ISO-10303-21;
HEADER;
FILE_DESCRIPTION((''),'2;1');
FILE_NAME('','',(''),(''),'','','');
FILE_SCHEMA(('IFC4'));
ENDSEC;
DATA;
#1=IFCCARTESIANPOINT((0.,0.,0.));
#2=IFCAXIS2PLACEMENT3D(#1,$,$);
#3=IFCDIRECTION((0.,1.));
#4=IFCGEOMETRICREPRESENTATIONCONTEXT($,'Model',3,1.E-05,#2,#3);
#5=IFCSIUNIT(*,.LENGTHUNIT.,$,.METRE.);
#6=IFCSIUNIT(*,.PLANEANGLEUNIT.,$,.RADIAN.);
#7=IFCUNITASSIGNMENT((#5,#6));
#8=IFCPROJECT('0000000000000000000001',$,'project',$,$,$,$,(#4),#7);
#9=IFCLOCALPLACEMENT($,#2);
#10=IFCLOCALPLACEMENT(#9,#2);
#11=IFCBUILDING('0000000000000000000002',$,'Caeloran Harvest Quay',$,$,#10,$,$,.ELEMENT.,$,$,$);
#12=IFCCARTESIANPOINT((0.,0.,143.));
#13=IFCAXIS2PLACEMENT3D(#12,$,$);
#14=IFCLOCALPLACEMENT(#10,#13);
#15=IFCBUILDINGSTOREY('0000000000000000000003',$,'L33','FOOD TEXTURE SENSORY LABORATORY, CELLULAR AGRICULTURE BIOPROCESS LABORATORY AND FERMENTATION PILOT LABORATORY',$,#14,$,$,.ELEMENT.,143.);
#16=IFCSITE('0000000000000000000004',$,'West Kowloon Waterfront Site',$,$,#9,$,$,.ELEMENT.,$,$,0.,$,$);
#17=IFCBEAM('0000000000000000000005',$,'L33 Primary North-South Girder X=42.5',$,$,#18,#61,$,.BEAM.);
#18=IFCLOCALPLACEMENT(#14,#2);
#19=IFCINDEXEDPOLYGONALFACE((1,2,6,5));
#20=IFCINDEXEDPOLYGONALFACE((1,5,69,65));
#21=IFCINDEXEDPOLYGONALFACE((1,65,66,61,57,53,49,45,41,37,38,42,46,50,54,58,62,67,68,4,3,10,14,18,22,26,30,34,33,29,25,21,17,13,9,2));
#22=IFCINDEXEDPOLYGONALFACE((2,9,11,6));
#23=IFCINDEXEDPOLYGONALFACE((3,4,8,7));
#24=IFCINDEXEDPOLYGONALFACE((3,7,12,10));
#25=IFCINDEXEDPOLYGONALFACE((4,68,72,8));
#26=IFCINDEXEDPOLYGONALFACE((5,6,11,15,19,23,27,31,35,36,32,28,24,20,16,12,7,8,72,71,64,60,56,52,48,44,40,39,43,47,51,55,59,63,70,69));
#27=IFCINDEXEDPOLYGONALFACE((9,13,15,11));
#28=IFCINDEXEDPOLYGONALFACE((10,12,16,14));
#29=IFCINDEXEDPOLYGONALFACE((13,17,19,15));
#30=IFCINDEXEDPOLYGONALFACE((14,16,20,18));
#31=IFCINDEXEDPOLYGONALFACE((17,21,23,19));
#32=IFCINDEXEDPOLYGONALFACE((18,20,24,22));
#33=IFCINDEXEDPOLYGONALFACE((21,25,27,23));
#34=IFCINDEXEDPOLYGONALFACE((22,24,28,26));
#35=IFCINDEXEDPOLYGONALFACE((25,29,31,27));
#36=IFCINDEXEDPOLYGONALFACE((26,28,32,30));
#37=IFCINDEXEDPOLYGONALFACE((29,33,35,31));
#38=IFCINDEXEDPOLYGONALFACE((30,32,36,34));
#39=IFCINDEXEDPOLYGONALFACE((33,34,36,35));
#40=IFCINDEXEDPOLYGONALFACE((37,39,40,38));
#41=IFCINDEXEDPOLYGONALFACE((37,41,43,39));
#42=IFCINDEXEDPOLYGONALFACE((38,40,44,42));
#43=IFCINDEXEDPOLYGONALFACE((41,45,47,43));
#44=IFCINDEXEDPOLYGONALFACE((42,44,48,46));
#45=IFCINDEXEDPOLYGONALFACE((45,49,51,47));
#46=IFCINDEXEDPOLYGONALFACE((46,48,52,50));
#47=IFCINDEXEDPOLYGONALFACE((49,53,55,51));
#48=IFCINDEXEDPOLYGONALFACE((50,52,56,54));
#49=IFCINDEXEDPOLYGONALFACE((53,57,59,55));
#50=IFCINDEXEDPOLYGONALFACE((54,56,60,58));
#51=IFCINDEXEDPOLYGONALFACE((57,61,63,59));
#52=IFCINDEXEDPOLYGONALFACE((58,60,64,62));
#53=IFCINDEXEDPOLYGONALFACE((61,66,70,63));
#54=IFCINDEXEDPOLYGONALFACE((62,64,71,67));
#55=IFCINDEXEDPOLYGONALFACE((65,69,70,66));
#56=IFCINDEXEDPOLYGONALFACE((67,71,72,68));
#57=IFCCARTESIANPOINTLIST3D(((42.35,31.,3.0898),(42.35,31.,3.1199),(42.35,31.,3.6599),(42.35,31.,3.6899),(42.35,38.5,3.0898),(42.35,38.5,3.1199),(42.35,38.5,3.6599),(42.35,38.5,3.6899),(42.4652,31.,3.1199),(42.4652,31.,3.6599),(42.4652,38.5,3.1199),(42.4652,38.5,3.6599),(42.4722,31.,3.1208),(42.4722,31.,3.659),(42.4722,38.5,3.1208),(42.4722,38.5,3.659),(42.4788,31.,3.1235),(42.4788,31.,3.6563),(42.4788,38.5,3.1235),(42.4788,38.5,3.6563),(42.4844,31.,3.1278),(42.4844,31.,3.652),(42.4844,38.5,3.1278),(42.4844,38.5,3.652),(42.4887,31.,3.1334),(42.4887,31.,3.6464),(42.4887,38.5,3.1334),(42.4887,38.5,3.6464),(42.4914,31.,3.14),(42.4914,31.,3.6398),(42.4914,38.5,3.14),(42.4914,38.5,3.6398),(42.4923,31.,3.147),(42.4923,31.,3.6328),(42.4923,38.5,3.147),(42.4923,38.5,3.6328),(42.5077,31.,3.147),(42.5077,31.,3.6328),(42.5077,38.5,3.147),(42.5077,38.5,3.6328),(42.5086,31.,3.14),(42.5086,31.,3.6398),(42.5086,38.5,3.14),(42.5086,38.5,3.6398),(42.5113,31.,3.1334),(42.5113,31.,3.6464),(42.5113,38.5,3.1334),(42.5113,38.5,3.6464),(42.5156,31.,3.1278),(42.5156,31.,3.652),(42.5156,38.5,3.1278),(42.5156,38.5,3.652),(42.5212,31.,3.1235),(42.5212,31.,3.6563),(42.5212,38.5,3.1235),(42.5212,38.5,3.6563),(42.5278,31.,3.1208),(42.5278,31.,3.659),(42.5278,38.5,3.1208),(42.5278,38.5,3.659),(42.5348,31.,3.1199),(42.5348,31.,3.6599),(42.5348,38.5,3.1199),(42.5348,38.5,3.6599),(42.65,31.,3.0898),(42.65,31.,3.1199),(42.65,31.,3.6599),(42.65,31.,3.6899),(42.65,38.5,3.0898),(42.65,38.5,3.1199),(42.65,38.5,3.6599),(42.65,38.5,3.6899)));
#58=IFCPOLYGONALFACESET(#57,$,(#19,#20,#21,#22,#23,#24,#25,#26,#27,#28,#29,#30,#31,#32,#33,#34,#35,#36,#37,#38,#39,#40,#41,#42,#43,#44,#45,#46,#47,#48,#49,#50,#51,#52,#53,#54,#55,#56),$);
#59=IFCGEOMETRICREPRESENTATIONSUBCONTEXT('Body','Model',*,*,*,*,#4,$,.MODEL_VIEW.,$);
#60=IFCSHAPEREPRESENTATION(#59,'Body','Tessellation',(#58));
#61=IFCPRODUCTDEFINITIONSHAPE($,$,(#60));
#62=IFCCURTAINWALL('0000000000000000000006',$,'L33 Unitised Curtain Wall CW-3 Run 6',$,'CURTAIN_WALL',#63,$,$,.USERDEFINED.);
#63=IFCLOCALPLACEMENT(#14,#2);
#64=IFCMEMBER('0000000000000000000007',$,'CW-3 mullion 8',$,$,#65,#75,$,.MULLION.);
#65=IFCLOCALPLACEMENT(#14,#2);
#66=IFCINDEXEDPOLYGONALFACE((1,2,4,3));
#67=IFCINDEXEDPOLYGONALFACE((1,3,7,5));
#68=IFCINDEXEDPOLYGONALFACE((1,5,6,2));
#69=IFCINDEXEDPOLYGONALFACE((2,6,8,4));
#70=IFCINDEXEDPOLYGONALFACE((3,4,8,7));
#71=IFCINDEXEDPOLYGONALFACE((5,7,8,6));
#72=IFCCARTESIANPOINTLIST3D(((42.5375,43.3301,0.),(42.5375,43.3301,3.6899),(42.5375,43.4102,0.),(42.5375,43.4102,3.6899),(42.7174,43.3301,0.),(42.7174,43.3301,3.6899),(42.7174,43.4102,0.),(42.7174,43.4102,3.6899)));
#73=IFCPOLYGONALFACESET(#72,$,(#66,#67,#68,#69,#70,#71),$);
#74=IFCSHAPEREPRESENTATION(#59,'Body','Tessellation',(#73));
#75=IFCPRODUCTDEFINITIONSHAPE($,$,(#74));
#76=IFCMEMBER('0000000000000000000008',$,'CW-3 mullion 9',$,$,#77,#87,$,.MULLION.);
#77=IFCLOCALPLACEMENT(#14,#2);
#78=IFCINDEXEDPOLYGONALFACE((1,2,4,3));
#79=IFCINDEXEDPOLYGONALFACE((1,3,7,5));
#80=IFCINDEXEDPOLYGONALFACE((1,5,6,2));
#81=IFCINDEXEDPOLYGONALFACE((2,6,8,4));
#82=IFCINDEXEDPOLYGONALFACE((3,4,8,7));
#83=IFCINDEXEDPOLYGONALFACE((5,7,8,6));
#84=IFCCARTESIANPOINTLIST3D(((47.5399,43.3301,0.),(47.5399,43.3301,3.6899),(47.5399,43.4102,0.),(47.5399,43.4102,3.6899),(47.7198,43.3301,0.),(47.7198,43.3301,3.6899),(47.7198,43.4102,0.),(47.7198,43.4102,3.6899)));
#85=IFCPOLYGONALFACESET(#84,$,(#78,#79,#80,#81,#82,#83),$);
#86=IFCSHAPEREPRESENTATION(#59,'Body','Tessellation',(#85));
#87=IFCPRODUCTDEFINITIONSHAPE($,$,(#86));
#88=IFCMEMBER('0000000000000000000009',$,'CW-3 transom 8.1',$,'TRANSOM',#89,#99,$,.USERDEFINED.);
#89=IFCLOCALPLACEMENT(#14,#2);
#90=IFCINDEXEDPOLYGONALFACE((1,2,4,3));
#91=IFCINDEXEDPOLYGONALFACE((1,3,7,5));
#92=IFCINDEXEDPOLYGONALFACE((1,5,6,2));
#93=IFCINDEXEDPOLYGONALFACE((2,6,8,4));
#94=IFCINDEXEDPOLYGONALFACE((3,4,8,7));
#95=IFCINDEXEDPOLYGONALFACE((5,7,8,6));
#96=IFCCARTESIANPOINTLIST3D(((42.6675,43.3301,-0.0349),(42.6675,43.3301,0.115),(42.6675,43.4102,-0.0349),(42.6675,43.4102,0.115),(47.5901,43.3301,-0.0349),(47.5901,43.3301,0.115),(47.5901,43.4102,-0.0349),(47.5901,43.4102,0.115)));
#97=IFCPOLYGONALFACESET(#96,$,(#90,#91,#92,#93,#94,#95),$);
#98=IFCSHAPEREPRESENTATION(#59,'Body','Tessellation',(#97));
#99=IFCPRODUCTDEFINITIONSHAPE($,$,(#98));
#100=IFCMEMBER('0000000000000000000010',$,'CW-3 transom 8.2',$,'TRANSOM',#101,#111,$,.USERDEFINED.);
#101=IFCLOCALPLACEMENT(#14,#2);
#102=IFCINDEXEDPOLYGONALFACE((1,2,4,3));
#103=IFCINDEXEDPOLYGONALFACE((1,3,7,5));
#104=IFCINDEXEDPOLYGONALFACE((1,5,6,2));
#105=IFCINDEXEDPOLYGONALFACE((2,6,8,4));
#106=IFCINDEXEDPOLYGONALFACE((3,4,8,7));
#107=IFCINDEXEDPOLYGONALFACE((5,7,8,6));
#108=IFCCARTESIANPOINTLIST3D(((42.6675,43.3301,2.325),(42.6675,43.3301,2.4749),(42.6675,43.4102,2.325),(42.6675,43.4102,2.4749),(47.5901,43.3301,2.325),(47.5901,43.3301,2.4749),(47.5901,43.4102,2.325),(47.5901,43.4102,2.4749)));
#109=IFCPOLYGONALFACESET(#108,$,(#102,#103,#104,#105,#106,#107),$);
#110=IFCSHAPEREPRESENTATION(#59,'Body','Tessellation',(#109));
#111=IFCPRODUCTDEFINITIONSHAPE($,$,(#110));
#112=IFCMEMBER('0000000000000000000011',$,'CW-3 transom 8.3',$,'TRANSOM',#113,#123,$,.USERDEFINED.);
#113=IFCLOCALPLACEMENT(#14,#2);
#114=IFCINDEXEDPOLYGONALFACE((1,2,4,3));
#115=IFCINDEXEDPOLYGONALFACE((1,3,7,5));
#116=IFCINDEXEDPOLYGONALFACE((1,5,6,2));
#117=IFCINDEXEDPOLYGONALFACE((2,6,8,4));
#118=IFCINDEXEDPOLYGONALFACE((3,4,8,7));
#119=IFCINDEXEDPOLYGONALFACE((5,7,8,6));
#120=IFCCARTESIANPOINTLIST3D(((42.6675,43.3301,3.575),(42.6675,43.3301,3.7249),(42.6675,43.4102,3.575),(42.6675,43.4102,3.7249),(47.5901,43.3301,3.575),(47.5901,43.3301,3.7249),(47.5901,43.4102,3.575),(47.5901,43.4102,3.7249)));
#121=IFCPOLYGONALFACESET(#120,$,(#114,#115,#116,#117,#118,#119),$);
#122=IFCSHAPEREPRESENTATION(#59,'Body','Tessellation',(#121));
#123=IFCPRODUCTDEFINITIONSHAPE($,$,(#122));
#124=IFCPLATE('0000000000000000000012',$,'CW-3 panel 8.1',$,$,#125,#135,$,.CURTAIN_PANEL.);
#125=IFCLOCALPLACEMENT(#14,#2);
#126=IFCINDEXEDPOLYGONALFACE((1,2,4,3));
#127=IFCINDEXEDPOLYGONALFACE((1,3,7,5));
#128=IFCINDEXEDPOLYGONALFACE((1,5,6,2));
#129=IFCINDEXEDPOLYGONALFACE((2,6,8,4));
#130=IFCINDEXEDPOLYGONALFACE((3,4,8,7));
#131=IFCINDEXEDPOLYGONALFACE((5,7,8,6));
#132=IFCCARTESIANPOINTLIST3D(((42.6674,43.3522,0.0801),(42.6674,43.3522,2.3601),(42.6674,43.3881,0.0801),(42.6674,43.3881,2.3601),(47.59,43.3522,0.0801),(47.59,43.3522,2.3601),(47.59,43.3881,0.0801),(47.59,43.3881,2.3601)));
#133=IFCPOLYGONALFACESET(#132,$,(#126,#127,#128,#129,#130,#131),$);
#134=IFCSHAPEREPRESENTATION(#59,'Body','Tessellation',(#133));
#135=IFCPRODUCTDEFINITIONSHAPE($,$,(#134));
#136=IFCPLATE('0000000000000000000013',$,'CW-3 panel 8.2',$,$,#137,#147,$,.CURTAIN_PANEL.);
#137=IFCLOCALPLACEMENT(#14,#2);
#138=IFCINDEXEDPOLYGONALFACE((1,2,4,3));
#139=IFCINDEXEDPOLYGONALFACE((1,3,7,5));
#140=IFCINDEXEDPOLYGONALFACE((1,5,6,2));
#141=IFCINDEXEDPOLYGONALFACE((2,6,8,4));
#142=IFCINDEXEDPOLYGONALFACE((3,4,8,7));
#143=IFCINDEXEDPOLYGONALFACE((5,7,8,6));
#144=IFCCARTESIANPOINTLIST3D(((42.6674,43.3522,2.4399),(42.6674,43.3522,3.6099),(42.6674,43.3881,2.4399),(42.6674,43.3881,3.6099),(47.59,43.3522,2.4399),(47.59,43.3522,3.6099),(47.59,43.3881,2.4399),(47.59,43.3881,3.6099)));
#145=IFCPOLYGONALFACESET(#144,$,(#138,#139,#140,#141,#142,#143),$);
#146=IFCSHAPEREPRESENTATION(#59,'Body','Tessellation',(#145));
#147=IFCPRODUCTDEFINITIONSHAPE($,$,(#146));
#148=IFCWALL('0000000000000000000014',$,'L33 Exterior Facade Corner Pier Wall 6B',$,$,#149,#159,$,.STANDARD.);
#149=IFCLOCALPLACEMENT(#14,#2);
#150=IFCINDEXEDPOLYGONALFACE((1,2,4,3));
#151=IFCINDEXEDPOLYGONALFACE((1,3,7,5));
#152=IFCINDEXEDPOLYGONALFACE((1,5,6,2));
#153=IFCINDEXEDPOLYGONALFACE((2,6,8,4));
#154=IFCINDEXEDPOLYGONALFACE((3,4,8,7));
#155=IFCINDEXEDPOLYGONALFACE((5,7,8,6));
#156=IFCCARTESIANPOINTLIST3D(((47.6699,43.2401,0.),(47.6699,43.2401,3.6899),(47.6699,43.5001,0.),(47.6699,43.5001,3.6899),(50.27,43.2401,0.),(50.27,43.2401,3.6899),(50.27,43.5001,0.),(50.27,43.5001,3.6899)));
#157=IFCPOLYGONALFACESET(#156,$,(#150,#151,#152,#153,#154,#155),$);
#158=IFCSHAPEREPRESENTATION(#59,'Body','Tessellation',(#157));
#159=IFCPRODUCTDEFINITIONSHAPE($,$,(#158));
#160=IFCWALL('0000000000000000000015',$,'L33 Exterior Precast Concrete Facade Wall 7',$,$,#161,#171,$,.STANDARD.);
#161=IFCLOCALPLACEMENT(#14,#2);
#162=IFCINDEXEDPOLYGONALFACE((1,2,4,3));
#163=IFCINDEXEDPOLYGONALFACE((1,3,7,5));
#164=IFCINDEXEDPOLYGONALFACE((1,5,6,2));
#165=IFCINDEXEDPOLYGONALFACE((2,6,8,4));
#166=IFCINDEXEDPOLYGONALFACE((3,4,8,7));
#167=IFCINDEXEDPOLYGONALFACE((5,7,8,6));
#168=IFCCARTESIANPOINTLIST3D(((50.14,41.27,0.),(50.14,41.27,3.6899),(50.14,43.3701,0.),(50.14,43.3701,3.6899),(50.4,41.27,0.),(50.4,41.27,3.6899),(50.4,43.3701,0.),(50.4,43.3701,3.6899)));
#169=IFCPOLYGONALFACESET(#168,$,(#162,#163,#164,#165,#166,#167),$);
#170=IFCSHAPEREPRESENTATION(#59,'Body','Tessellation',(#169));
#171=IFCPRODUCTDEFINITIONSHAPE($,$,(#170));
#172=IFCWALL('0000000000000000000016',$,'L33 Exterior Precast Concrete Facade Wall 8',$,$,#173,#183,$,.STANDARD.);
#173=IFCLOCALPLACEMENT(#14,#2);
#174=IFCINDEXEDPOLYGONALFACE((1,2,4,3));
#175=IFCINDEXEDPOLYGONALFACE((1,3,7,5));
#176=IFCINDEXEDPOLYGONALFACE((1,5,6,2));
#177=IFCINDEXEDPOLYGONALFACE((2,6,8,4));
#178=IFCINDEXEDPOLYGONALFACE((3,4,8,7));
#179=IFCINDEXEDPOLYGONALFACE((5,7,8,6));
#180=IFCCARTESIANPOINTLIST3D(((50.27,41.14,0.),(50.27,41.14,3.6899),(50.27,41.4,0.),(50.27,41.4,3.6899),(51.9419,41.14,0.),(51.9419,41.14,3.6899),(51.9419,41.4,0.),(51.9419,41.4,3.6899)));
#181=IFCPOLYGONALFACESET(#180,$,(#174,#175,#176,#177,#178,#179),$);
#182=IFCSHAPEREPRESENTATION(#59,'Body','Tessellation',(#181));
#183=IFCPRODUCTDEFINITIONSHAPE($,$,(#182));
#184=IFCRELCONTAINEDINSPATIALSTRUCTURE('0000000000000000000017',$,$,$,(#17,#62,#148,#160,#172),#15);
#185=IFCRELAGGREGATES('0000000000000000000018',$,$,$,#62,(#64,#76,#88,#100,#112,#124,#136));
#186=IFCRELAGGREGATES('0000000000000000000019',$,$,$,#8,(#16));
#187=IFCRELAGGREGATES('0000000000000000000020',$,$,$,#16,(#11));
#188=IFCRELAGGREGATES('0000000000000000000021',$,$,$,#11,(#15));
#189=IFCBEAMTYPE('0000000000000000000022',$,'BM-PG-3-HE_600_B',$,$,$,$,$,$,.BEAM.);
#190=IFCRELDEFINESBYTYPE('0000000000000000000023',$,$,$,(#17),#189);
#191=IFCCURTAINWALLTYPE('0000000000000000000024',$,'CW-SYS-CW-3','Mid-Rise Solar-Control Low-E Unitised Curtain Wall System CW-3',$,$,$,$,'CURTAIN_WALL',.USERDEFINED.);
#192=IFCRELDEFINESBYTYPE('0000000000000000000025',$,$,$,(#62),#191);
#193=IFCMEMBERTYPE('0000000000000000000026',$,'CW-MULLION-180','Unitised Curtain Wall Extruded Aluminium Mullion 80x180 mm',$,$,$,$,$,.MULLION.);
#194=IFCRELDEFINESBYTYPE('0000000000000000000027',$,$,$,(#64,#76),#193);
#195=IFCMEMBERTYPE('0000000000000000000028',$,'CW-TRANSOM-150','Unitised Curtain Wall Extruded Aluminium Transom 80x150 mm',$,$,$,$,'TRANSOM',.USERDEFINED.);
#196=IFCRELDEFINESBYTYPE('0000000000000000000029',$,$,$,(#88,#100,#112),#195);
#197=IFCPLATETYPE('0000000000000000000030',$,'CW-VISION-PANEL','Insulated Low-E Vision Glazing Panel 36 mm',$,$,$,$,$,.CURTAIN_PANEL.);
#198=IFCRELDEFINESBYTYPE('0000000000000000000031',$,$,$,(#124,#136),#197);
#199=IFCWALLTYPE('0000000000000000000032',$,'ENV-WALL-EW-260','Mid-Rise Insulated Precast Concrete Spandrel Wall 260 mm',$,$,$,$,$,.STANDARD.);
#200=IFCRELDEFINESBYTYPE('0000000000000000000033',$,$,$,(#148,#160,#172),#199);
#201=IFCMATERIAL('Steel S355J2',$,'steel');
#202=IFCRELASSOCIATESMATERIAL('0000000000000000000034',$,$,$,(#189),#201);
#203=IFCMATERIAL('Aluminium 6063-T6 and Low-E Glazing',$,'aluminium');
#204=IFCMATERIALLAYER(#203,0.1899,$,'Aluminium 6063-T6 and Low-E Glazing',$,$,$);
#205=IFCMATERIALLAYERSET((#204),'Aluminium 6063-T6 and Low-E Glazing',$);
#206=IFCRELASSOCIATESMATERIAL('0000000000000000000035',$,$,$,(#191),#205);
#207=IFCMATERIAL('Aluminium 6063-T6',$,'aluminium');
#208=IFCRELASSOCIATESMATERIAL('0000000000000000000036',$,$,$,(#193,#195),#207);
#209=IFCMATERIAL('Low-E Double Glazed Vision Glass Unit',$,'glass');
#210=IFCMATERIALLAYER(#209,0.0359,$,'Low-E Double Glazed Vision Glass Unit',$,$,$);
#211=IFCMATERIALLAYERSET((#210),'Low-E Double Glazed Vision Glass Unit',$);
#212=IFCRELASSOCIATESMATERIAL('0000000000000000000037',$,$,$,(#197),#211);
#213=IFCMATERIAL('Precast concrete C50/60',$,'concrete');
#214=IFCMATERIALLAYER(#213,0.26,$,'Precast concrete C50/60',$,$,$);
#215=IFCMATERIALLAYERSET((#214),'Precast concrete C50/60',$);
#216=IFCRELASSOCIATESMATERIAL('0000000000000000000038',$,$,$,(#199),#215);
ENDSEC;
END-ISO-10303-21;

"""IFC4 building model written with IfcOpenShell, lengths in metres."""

from ifc_helpers import new_model, si_unit, direction, frame, frame_2d, origin, origin_2d, place, context, subcontext, project, spatial, rectangle, i_section, extrude, material, layer, layer_set, material_profile, profile_set, type_object, element, aggregate, save


model = new_model("IFC4")

# Units and contexts
model_context = context("Model", 3, precision=1e-05, world=origin(), true_north=direction((0.0, 1.0)))
body_context = subcontext(model_context, "Body", "Model", "MODEL_VIEW")
ifc_project = project(units=[si_unit("LENGTHUNIT", "METRE"), si_unit("PLANEANGLEUNIT", "RADIAN")], contexts=[model_context])

# Site, building, storey
site_placement = place(None, origin())
site = spatial("IfcSite", under=ifc_project, at=site_placement, Name="West Kowloon Waterfront Site", CompositionType="ELEMENT", RefElevation=0.0)
building_placement = place(site_placement, origin())
building = spatial("IfcBuilding", under=site, at=building_placement, Name="Caeloran Harvest Quay", CompositionType="ELEMENT")
storey_placement = place(building_placement, frame((0.0, 0.0, 143.0)))
storey = spatial("IfcBuildingStorey", under=building, at=storey_placement, Name="L33", Description="FOOD TEXTURE SENSORY LABORATORY, CELLULAR AGRICULTURE BIOPROCESS LABORATORY AND FERMENTATION PILOT LABORATORY", CompositionType="ELEMENT", Elevation=143.0)

# Beam
ifc_material_1 = material(Name="Steel S355J2", Category="steel")
ifc_material_profile_1 = material_profile(ifc_material_1, i_section(OverallWidth=0.3, OverallDepth=0.6001, WebThickness=0.0154, FlangeThickness=0.03, FilletRadius=0.0271, at=origin_2d()), Name="HE 600 B")
ifc_profile_set_1 = profile_set([ifc_material_profile_1], Name="Steel S355J2")
beam_type = type_object("IfcBeamType", Name="BM-PG-3-HE_600_B", PredefinedType="BEAM", material=ifc_profile_set_1)
beam_1_placement = place(storey_placement, frame((42.5, 31.0, 3.3899), z_axis=(0.0, 1.0, 0.0), x_axis=(-1.0, 0.0, 0.0)))
element("IfcBeam", 1, at=beam_1_placement, inside=storey, type_object=beam_type, Name="L33 Primary North-South Girder X=42.5", PredefinedType="BEAM", context=body_context, shape_type="SweptSolid", body=[
    extrude(i_section(OverallWidth=0.3, OverallDepth=0.6001, WebThickness=0.0154, FlangeThickness=0.03, FilletRadius=0.0271, at=origin_2d()), origin(), (0.0, 0.0, 1.0), 7.5),
])

# Curtain wall, members, plates
ifc_material_2 = material(Name="Aluminium 6063-T6 and Low-E Glazing", Category="aluminium")
ifc_layer_1 = layer(ifc_material_2, 0.1899, Name="Aluminium 6063-T6 and Low-E Glazing")
ifc_layer_set_1 = layer_set([ifc_layer_1], Name="Aluminium 6063-T6 and Low-E Glazing")
curtain_wall_type = type_object("IfcCurtainWallType", Name="CW-SYS-CW-3", Description="Mid-Rise Solar-Control Low-E Unitised Curtain Wall System CW-3", ElementType="CURTAIN_WALL", PredefinedType="USERDEFINED", material=ifc_layer_set_1)
curtain_wall_placement = place(storey_placement, origin())
curtain_wall = element("IfcCurtainWall", 2, at=curtain_wall_placement, inside=storey, type_object=curtain_wall_type, Name="L33 Unitised Curtain Wall CW-3 Run 6", ObjectType="CURTAIN_WALL", PredefinedType="USERDEFINED")
ifc_material_3 = material(Name="Aluminium 6063-T6", Category="aluminium")
ifc_material_profile_2 = material_profile(ifc_material_3, rectangle(XDim=0.0801, YDim=0.1799, at=origin_2d()), Name="CW-MULLION-180")
ifc_profile_set_2 = profile_set([ifc_material_profile_2], Name="Aluminium 6063-T6")
member_type_1 = type_object("IfcMemberType", Name="CW-MULLION-180", Description="Unitised Curtain Wall Extruded Aluminium Mullion 80x180 mm", PredefinedType="MULLION", material=ifc_profile_set_2)
member_1_placement = place(storey_placement, frame((42.6274, 43.3701, 0.0), z_axis=(0.0, 0.0, 1.0), x_axis=(0.0, 1.0, 0.0)))
member_1 = element("IfcMember", 3, at=member_1_placement, type_object=member_type_1, Name="CW-3 mullion 8", PredefinedType="MULLION", context=body_context, shape_type="SweptSolid", body=[
    extrude(rectangle(XDim=0.0801, YDim=0.1799, at=origin_2d()), origin(), (0.0, 0.0, 1.0), 3.6899),
])
member_2_placement = place(storey_placement, frame((47.6299, 43.3701, 0.0), z_axis=(0.0, 0.0, 1.0), x_axis=(0.0, 1.0, 0.0)))
member_2 = element("IfcMember", 4, at=member_2_placement, type_object=member_type_1, Name="CW-3 mullion 9", PredefinedType="MULLION", context=body_context, shape_type="SweptSolid", body=[
    extrude(rectangle(XDim=0.0801, YDim=0.1799, at=origin_2d()), origin(), (0.0, 0.0, 1.0), 3.6899),
])
ifc_material_profile_3 = material_profile(ifc_material_3, rectangle(XDim=0.0801, YDim=0.1499, at=origin_2d()), Name="CW-TRANSOM-150")
ifc_profile_set_3 = profile_set([ifc_material_profile_3], Name="Aluminium 6063-T6")
member_type_2 = type_object("IfcMemberType", Name="CW-TRANSOM-150", Description="Unitised Curtain Wall Extruded Aluminium Transom 80x150 mm", ElementType="TRANSOM", PredefinedType="USERDEFINED", material=ifc_profile_set_3)
member_3_placement = place(storey_placement, frame((42.6675, 43.3701, 0.04), z_axis=(1.0, 0.0, 0.0), x_axis=(0.0, 1.0, 0.0)))
member_3 = element("IfcMember", 5, at=member_3_placement, type_object=member_type_2, Name="CW-3 transom 8.1", ObjectType="TRANSOM", PredefinedType="USERDEFINED", context=body_context, shape_type="SweptSolid", body=[
    extrude(rectangle(XDim=0.0801, YDim=0.1499, at=origin_2d()), origin(), (0.0, 0.0, 1.0), 4.9226),
])
member_4_placement = place(storey_placement, frame((42.6675, 43.3701, 2.3999), z_axis=(1.0, 0.0, 0.0), x_axis=(0.0, 1.0, 0.0)))
member_4 = element("IfcMember", 6, at=member_4_placement, type_object=member_type_2, Name="CW-3 transom 8.2", ObjectType="TRANSOM", PredefinedType="USERDEFINED", context=body_context, shape_type="SweptSolid", body=[
    extrude(rectangle(XDim=0.0801, YDim=0.1499, at=origin_2d()), origin(), (0.0, 0.0, 1.0), 4.9226),
])
member_5_placement = place(storey_placement, frame((42.6675, 43.3701, 3.6499), z_axis=(1.0, 0.0, 0.0), x_axis=(0.0, 1.0, 0.0)))
member_5 = element("IfcMember", 7, at=member_5_placement, type_object=member_type_2, Name="CW-3 transom 8.3", ObjectType="TRANSOM", PredefinedType="USERDEFINED", context=body_context, shape_type="SweptSolid", body=[
    extrude(rectangle(XDim=0.0801, YDim=0.1499, at=origin_2d()), origin(), (0.0, 0.0, 1.0), 4.9226),
])
ifc_material_4 = material(Name="Low-E Double Glazed Vision Glass Unit", Category="glass")
ifc_layer_2 = layer(ifc_material_4, 0.0359, Name="Low-E Double Glazed Vision Glass Unit")
ifc_layer_set_2 = layer_set([ifc_layer_2], Name="Low-E Double Glazed Vision Glass Unit")
plate_type = type_object("IfcPlateType", Name="CW-VISION-PANEL", Description="Insulated Low-E Vision Glazing Panel 36 mm", PredefinedType="CURTAIN_PANEL", material=ifc_layer_set_2)
plate_1_placement = place(storey_placement, frame((45.1287, 43.3701, 0.0801), z_axis=(0.0, 0.0, 1.0), x_axis=(1.0, 0.0, 0.0)))
plate_1 = element("IfcPlate", 8, at=plate_1_placement, type_object=plate_type, Name="CW-3 panel 8.1", PredefinedType="CURTAIN_PANEL", context=body_context, shape_type="SweptSolid", body=[
    extrude(rectangle(XDim=4.9226, YDim=0.0359, at=origin_2d()), origin(), (0.0, 0.0, 1.0), 2.28),
])
plate_2_placement = place(storey_placement, frame((45.1287, 43.3701, 2.4399), z_axis=(0.0, 0.0, 1.0), x_axis=(1.0, 0.0, 0.0)))
plate_2 = element("IfcPlate", 9, at=plate_2_placement, type_object=plate_type, Name="CW-3 panel 8.2", PredefinedType="CURTAIN_PANEL", context=body_context, shape_type="SweptSolid", body=[
    extrude(rectangle(XDim=4.9226, YDim=0.0359, at=origin_2d()), origin(), (0.0, 0.0, 1.0), 1.1699),
])
aggregate(curtain_wall, [member_1, member_2, member_3, member_4, member_5, plate_1, plate_2])

# Walls
ifc_material_5 = material(Name="Precast concrete C50/60", Category="concrete")
ifc_layer_3 = layer(ifc_material_5, 0.26, Name="Precast concrete C50/60")
ifc_layer_set_3 = layer_set([ifc_layer_3], Name="Precast concrete C50/60")
wall_type_1 = type_object("IfcWallType", Name="ENV-WALL-EW-260", Description="Mid-Rise Insulated Precast Concrete Spandrel Wall 260 mm", PredefinedType="STANDARD", material=ifc_layer_set_3)
wall_1_placement = place(storey_placement, frame((47.6699, 43.3701, 0.0), z_axis=(0.0, 0.0, 1.0), x_axis=(1.0, 0.0, 0.0)))
element("IfcWall", 10, at=wall_1_placement, inside=storey, type_object=wall_type_1, Name="L33 Exterior Facade Corner Pier Wall 6B", PredefinedType="STANDARD", context=body_context, shape_type="SweptSolid", body=[
    extrude(rectangle(XDim=2.6001, YDim=0.26, at=frame_2d((1.3, 0.0))), origin(), (0.0, 0.0, 1.0), 3.6899),
])
wall_2_placement = place(storey_placement, frame((50.27, 43.3701, 0.0), z_axis=(0.0, 0.0, 1.0), x_axis=(0.0, -1.0, 0.0)))
element("IfcWall", 11, at=wall_2_placement, inside=storey, type_object=wall_type_1, Name="L33 Exterior Precast Concrete Facade Wall 7", PredefinedType="STANDARD", context=body_context, shape_type="SweptSolid", body=[
    extrude(rectangle(XDim=2.1001, YDim=0.26, at=frame_2d((1.05, 0.0))), origin(), (0.0, 0.0, 1.0), 3.6899),
])
wall_3_placement = place(storey_placement, frame((50.27, 41.27, 0.0), z_axis=(0.0, 0.0, 1.0), x_axis=(1.0, 0.0, 0.0)))
element("IfcWall", 12, at=wall_3_placement, inside=storey, type_object=wall_type_1, Name="L33 Exterior Precast Concrete Facade Wall 8", PredefinedType="STANDARD", context=body_context, shape_type="SweptSolid", body=[
    extrude(rectangle(XDim=1.6719, YDim=0.26, at=frame_2d((0.8359, 0.0))), origin(), (0.0, 0.0, 1.0), 3.6899),
])

save(model, "model.ifc")
